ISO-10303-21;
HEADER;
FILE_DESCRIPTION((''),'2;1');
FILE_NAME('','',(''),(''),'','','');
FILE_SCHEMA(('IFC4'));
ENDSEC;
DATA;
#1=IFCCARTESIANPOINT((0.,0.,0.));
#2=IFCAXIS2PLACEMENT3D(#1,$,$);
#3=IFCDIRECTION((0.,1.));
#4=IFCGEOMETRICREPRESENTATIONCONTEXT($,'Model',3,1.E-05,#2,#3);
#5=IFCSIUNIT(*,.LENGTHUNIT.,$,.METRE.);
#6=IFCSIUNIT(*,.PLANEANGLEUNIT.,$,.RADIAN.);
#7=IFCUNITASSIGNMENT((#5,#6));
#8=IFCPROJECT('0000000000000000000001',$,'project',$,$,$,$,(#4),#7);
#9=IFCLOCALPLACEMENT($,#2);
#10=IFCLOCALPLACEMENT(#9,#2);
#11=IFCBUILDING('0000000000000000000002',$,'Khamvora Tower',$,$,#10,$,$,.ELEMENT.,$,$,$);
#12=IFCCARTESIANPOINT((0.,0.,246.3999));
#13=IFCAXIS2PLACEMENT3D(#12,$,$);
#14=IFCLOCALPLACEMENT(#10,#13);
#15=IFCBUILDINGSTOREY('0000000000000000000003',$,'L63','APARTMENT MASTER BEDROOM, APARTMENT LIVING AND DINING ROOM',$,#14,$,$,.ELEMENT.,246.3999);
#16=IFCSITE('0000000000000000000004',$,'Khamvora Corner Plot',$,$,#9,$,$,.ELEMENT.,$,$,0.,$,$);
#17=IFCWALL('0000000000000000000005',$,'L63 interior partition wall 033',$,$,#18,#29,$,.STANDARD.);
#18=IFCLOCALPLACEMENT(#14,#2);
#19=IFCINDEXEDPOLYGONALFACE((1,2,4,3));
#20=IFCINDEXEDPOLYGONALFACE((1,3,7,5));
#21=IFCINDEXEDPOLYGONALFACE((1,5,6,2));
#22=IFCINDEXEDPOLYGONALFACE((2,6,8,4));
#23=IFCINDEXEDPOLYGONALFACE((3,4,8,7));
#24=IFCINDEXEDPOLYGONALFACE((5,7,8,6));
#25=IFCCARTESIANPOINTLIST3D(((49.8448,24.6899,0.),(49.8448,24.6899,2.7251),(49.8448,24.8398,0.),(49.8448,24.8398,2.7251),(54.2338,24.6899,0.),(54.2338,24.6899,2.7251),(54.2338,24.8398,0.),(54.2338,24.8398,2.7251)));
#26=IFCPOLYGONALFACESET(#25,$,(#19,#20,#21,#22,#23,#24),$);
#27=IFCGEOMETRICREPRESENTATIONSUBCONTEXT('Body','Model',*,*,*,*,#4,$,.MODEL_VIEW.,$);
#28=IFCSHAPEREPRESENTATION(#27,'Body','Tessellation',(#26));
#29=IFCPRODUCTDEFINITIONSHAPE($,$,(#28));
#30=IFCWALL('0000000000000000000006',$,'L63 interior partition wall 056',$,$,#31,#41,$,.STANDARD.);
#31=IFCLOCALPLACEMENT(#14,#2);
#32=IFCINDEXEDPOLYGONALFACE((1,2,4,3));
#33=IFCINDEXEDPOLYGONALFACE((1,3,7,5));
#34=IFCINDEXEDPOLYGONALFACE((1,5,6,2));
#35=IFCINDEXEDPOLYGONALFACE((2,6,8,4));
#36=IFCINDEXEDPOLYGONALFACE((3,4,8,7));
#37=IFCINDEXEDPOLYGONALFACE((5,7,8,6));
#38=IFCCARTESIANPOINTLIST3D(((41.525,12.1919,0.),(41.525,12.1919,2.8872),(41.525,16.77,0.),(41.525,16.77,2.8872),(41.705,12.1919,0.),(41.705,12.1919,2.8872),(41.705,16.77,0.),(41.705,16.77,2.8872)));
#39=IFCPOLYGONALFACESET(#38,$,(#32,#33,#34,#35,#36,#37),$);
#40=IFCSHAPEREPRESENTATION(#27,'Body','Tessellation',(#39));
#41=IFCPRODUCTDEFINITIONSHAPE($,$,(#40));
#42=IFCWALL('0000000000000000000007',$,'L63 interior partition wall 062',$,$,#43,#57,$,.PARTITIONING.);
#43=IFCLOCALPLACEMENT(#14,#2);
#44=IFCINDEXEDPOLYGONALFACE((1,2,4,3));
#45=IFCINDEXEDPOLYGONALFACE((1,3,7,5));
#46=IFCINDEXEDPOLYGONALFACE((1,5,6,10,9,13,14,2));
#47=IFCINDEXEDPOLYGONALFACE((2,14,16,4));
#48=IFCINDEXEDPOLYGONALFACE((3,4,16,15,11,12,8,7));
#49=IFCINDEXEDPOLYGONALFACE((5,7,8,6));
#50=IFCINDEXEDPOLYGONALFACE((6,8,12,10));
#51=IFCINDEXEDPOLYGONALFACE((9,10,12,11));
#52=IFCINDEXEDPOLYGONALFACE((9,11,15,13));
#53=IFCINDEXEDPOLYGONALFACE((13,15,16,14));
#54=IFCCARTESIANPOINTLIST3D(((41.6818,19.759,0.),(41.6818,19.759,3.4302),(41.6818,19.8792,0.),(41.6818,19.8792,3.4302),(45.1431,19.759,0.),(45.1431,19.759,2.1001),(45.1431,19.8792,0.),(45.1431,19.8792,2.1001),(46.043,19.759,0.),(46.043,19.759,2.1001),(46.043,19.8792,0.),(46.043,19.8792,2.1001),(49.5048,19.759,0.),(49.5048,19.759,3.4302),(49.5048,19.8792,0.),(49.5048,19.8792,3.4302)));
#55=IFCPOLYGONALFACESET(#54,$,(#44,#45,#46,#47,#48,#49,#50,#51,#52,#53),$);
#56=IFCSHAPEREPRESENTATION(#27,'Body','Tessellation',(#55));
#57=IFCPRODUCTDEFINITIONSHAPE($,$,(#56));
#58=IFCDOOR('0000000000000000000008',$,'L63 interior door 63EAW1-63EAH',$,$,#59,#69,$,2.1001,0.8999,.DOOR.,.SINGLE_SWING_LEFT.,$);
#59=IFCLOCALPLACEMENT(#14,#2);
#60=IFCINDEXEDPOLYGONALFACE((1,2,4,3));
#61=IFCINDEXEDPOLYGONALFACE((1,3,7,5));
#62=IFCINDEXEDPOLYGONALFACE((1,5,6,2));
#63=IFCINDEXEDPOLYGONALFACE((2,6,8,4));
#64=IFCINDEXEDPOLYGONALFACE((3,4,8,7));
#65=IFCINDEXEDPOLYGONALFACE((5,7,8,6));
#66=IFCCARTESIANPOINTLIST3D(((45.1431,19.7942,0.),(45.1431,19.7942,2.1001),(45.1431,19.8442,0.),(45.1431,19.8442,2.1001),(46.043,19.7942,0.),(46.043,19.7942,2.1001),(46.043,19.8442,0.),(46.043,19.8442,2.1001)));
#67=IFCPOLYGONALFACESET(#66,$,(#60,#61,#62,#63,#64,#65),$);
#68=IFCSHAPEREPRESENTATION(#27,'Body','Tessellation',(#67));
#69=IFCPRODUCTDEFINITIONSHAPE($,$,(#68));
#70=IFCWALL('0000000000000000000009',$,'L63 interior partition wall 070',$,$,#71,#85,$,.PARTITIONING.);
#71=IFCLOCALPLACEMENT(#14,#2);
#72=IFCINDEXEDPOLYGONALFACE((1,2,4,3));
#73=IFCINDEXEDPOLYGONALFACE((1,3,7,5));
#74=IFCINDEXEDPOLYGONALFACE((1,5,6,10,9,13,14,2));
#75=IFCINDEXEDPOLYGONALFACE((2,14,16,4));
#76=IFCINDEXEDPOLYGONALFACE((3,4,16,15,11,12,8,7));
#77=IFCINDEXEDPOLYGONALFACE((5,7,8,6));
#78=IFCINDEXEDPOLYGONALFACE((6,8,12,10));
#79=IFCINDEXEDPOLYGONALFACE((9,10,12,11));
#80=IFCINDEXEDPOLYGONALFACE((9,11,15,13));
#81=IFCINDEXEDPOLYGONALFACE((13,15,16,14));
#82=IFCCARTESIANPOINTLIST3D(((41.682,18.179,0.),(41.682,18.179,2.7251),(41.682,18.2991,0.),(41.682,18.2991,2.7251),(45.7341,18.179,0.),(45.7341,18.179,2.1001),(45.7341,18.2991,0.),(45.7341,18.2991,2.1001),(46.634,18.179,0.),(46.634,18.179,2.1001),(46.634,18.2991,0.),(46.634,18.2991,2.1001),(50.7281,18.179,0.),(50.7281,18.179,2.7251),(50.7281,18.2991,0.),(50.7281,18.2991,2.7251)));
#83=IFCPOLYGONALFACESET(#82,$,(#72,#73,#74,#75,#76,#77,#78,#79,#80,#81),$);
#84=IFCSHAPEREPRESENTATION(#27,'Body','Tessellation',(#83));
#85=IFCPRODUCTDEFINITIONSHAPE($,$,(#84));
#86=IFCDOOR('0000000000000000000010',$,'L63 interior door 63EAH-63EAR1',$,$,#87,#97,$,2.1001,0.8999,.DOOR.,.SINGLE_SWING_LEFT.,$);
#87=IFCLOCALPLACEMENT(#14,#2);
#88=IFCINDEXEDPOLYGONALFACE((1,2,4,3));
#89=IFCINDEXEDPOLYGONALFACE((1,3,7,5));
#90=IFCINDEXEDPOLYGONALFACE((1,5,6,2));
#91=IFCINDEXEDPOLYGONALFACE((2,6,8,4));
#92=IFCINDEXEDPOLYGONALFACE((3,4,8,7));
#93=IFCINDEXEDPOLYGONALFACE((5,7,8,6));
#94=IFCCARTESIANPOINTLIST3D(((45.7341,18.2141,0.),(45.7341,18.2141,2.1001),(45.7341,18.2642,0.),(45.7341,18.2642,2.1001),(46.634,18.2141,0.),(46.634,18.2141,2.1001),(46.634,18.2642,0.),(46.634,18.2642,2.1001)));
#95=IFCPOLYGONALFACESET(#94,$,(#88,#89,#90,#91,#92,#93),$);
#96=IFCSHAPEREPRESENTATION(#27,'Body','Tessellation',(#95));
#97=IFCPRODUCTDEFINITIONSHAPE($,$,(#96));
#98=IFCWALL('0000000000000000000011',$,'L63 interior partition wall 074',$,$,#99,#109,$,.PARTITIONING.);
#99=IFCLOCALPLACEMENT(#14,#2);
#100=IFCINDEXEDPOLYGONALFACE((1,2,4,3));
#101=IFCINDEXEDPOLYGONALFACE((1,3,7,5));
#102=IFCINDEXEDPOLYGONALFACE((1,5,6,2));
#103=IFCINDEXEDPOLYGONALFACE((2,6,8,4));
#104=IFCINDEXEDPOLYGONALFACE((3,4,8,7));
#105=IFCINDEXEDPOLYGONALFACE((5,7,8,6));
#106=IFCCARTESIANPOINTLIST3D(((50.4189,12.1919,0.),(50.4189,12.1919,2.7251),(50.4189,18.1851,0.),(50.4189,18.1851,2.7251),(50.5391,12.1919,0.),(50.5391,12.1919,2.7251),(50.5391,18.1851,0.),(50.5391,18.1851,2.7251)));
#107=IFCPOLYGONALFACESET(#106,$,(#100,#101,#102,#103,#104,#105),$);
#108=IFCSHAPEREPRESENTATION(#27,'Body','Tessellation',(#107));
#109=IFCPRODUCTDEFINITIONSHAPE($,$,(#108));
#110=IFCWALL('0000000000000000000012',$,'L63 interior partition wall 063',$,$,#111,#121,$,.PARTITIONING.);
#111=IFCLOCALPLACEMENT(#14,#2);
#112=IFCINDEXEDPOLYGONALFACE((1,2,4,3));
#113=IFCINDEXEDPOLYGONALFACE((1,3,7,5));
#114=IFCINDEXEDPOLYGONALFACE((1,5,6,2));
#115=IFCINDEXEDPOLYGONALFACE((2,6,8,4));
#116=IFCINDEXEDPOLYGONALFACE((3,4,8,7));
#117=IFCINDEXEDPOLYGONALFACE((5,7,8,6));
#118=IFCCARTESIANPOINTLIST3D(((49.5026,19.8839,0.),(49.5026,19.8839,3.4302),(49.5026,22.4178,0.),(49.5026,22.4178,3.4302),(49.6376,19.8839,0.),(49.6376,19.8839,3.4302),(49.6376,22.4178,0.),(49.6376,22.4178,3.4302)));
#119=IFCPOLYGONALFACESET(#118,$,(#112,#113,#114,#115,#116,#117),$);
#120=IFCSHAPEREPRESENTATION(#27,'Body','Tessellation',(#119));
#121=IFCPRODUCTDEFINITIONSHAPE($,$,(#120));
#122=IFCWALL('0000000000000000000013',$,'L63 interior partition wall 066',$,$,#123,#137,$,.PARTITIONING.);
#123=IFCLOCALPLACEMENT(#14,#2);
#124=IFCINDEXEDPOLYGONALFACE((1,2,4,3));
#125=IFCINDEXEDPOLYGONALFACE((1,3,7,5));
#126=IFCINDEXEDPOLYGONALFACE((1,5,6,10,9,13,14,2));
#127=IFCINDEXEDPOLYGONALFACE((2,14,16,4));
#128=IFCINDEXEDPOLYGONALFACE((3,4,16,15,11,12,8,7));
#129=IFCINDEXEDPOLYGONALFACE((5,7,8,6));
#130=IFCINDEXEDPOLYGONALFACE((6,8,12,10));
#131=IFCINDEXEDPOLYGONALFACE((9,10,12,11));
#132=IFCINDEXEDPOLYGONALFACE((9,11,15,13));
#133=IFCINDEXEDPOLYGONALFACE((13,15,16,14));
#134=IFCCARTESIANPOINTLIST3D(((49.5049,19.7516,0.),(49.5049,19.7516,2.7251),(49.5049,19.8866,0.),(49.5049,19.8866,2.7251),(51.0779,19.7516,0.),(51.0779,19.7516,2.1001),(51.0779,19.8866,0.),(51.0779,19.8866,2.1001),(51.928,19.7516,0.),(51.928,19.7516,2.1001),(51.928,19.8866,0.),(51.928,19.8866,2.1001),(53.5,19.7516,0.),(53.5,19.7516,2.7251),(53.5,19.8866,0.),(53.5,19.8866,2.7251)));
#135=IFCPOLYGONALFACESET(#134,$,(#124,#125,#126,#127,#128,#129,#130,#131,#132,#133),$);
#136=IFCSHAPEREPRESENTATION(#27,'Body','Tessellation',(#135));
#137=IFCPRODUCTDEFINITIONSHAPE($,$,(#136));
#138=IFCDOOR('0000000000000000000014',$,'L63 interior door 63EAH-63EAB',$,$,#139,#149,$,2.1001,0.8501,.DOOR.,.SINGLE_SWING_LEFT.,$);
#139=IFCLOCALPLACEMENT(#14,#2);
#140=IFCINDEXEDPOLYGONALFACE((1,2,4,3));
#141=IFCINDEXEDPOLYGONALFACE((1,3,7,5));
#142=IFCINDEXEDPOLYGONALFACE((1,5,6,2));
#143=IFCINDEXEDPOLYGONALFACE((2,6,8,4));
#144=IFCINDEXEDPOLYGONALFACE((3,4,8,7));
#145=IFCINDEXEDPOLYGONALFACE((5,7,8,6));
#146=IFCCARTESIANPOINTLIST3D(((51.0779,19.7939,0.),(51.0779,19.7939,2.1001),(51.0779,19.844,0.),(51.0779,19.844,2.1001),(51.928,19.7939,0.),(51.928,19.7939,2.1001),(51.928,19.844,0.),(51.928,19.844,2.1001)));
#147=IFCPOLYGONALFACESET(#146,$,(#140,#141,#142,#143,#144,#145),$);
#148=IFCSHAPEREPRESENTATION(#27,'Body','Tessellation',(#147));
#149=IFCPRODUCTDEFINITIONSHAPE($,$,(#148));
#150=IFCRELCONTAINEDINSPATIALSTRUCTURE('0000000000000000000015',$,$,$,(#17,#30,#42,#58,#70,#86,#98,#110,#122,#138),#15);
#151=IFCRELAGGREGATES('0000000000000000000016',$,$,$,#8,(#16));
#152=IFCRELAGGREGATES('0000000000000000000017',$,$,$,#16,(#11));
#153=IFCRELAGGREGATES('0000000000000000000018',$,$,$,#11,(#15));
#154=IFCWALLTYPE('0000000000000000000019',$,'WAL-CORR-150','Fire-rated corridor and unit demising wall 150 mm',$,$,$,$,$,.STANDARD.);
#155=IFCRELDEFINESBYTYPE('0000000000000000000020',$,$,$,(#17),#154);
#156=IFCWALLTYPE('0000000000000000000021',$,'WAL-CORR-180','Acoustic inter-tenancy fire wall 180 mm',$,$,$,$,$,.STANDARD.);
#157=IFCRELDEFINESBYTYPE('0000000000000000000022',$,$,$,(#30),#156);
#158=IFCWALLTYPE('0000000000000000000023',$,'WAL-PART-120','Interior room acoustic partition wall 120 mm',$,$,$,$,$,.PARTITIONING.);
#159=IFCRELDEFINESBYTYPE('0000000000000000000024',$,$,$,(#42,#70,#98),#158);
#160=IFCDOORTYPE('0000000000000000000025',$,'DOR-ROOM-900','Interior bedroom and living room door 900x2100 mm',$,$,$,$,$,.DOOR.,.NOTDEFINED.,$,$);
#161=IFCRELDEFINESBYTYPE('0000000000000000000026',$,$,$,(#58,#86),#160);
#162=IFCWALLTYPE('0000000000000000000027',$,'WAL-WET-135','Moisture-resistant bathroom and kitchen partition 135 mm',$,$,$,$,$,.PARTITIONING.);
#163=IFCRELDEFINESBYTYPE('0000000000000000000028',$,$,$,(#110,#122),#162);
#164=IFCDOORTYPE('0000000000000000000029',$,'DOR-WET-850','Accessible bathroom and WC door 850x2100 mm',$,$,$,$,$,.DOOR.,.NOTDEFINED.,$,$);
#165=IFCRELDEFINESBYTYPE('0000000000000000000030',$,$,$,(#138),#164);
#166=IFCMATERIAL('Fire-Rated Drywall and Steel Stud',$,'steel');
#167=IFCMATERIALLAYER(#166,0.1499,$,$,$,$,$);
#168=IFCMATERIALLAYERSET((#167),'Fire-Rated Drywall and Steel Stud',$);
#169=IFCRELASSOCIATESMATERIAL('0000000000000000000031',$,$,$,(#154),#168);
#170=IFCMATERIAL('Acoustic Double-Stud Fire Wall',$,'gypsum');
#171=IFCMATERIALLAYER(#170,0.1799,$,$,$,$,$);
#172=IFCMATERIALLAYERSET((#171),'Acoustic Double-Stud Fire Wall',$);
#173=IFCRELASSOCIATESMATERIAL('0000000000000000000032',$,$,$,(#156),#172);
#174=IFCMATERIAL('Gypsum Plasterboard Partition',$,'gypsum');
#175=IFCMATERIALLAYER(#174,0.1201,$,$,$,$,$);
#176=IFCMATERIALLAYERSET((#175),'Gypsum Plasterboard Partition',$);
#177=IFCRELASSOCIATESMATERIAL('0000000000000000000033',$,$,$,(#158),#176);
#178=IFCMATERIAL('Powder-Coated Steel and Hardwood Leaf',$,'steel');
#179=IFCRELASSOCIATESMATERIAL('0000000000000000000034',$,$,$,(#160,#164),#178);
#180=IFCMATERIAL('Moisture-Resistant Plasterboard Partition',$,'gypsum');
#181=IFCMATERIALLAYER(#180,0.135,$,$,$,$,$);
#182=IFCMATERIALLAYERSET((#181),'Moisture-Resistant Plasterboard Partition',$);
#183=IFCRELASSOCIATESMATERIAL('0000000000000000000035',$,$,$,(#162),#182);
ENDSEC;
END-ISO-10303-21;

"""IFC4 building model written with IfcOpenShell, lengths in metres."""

from ifc_helpers import new_model, si_unit, direction, frame, frame_2d, origin, place, context, subcontext, project, spatial, rectangle, extrude, material, layer, layer_set, type_object, element, fill, save


model = new_model("IFC4")

# Units and contexts
model_context = context("Model", 3, precision=1e-05, world=origin(), true_north=direction((0.0, 1.0)))
body_context = subcontext(model_context, "Body", "Model", "MODEL_VIEW")
ifc_project = project(units=[si_unit("LENGTHUNIT", "METRE"), si_unit("PLANEANGLEUNIT", "RADIAN")], contexts=[model_context])

# Site, building, storey
site_placement = place(None, origin())
site = spatial("IfcSite", under=ifc_project, at=site_placement, Name="Khamvora Corner Plot", CompositionType="ELEMENT", RefElevation=0.0)
building_placement = place(site_placement, origin())
building = spatial("IfcBuilding", under=site, at=building_placement, Name="Khamvora Tower", CompositionType="ELEMENT")
storey_placement = place(building_placement, frame((0.0, 0.0, 246.3999)))
storey = spatial("IfcBuildingStorey", under=building, at=storey_placement, Name="L63", Description="APARTMENT MASTER BEDROOM, APARTMENT LIVING AND DINING ROOM", CompositionType="ELEMENT", Elevation=246.3999)

# Walls
ifc_material_1 = material(Name="Fire-Rated Drywall and Steel Stud", Category="steel")
ifc_layer_1 = layer(ifc_material_1, 0.1499)
ifc_layer_set_1 = layer_set([ifc_layer_1], Name="Fire-Rated Drywall and Steel Stud")
wall_type_1 = type_object("IfcWallType", Name="WAL-CORR-150", Description="Fire-rated corridor and unit demising wall 150 mm", PredefinedType="STANDARD", material=ifc_layer_set_1)
wall_1_placement = place(storey_placement, frame((49.845, 24.7649, 0.0), z_axis=(0.0, 0.0, 1.0), x_axis=(1.0, 0.0, 0.0)))
element("IfcWall", 1, at=wall_1_placement, inside=storey, type_object=wall_type_1, Name="L63 interior partition wall 033", PredefinedType="STANDARD", context=body_context, shape_type="SweptSolid", body=[
    extrude(rectangle(XDim=4.3889, YDim=0.1499, at=frame_2d((2.1943, 0.0))), origin(), (0.0, 0.0, 1.0), 2.7251),
])
ifc_material_2 = material(Name="Acoustic Double-Stud Fire Wall", Category="gypsum")
ifc_layer_2 = layer(ifc_material_2, 0.1799)
ifc_layer_set_2 = layer_set([ifc_layer_2], Name="Acoustic Double-Stud Fire Wall")
wall_type_2 = type_object("IfcWallType", Name="WAL-CORR-180", Description="Acoustic inter-tenancy fire wall 180 mm", PredefinedType="STANDARD", material=ifc_layer_set_2)
wall_2_placement = place(storey_placement, frame((41.615, 16.77, 0.0), z_axis=(0.0, 0.0, 1.0), x_axis=(0.0, -1.0, 0.0)))
element("IfcWall", 2, at=wall_2_placement, inside=storey, type_object=wall_type_2, Name="L63 interior partition wall 056", PredefinedType="STANDARD", context=body_context, shape_type="SweptSolid", body=[
    extrude(rectangle(XDim=4.5781, YDim=0.1799, at=frame_2d((2.2891, 0.0))), origin(), (0.0, 0.0, 1.0), 2.8872),
])

# Walls, openings, doors
ifc_material_3 = material(Name="Gypsum Plasterboard Partition", Category="gypsum")
ifc_layer_3 = layer(ifc_material_3, 0.1201)
ifc_layer_set_3 = layer_set([ifc_layer_3], Name="Gypsum Plasterboard Partition")
wall_type_3 = type_object("IfcWallType", Name="WAL-PART-120", Description="Interior room acoustic partition wall 120 mm", PredefinedType="PARTITIONING", material=ifc_layer_set_3)
wall_3_placement = place(storey_placement, frame((49.5049, 19.8191, 0.0), z_axis=(0.0, 0.0, 1.0), x_axis=(-1.0, 0.0, 0.0)))
wall_3 = element("IfcWall", 3, at=wall_3_placement, inside=storey, type_object=wall_type_3, Name="L63 interior partition wall 062", PredefinedType="PARTITIONING", context=body_context, shape_type="SweptSolid", body=[
    extrude(rectangle(XDim=7.823, YDim=0.1201, at=frame_2d((3.9116, 0.0))), origin(), (0.0, 0.0, 1.0), 3.4302),
])
opening_1_placement = place(wall_3_placement, frame((3.4619, 0.0, 0.0)))
opening_1 = element("IfcOpeningElement", 4, at=opening_1_placement, cuts=wall_3, PredefinedType="OPENING", context=body_context, shape_type="SweptSolid", body=[
    extrude(rectangle(XDim=0.8999, YDim=2.1001, at=frame_2d((0.45, 1.05))), frame((0.0, 0.0701, 0.0), z_axis=(0.0, -1.0, 0.0), x_axis=(1.0, 0.0, 0.0)), (0.0, 0.0, 1.0), 0.1401),
])
ifc_material_4 = material(Name="Powder-Coated Steel and Hardwood Leaf", Category="steel")
door_type_1 = type_object("IfcDoorType", Name="DOR-ROOM-900", Description="Interior bedroom and living room door 900x2100 mm", OperationType="NOTDEFINED", PredefinedType="DOOR", material=ifc_material_4)
door_1_placement = place(opening_1_placement, origin())
door_1 = element("IfcDoor", 5, at=door_1_placement, inside=storey, type_object=door_type_1, Name="L63 interior door 63EAW1-63EAH", OperationType="SINGLE_SWING_LEFT", OverallHeight=2.1001, OverallWidth=0.8999, PredefinedType="DOOR", context=body_context, shape_type="SweptSolid", body=[
    extrude(rectangle(XDim=0.8999, YDim=2.1001, at=frame_2d((0.45, 1.05))), frame((0.0, 0.0249, 0.0), z_axis=(0.0, -1.0, 0.0), x_axis=(1.0, 0.0, 0.0)), (0.0, 0.0, 1.0), 0.05),
])
fill(opening_1, door_1)
wall_4_placement = place(storey_placement, frame((50.728, 18.239, 0.0), z_axis=(0.0, 0.0, 1.0), x_axis=(-1.0, 0.0, 0.0)))
wall_4 = element("IfcWall", 6, at=wall_4_placement, inside=storey, type_object=wall_type_3, Name="L63 interior partition wall 070", PredefinedType="PARTITIONING", context=body_context, shape_type="SweptSolid", body=[
    extrude(rectangle(XDim=9.0461, YDim=0.1201, at=frame_2d((4.5229, 0.0))), origin(), (0.0, 0.0, 1.0), 2.7251),
])
opening_2_placement = place(wall_4_placement, frame((4.094, 0.0, 0.0)))
opening_2 = element("IfcOpeningElement", 7, at=opening_2_placement, cuts=wall_4, PredefinedType="OPENING", context=body_context, shape_type="SweptSolid", body=[
    extrude(rectangle(XDim=0.8999, YDim=2.1001, at=frame_2d((0.45, 1.05))), frame((0.0, 0.0701, 0.0), z_axis=(0.0, -1.0, 0.0), x_axis=(1.0, 0.0, 0.0)), (0.0, 0.0, 1.0), 0.1401),
])
door_2_placement = place(opening_2_placement, origin())
door_2 = element("IfcDoor", 8, at=door_2_placement, inside=storey, type_object=door_type_1, Name="L63 interior door 63EAH-63EAR1", OperationType="SINGLE_SWING_LEFT", OverallHeight=2.1001, OverallWidth=0.8999, PredefinedType="DOOR", context=body_context, shape_type="SweptSolid", body=[
    extrude(rectangle(XDim=0.8999, YDim=2.1001, at=frame_2d((0.45, 1.05))), frame((0.0, 0.0249, 0.0), z_axis=(0.0, -1.0, 0.0), x_axis=(1.0, 0.0, 0.0)), (0.0, 0.0, 1.0), 0.05),
])
fill(opening_2, door_2)

# Walls
wall_5_placement = place(storey_placement, frame((50.479, 18.1851, 0.0), z_axis=(0.0, 0.0, 1.0), x_axis=(0.0, -1.0, 0.0)))
element("IfcWall", 9, at=wall_5_placement, inside=storey, type_object=wall_type_3, Name="L63 interior partition wall 074", PredefinedType="PARTITIONING", context=body_context, shape_type="SweptSolid", body=[
    extrude(rectangle(XDim=5.9932, YDim=0.1201, at=frame_2d((2.9966, 0.0))), origin(), (0.0, 0.0, 1.0), 2.7251),
])
ifc_material_5 = material(Name="Moisture-Resistant Plasterboard Partition", Category="gypsum")
ifc_layer_4 = layer(ifc_material_5, 0.135)
ifc_layer_set_4 = layer_set([ifc_layer_4], Name="Moisture-Resistant Plasterboard Partition")
wall_type_4 = type_object("IfcWallType", Name="WAL-WET-135", Description="Moisture-resistant bathroom and kitchen partition 135 mm", PredefinedType="PARTITIONING", material=ifc_layer_set_4)
wall_6_placement = place(storey_placement, frame((49.5701, 22.418, 0.0), z_axis=(0.0, 0.0, 1.0), x_axis=(0.0, -1.0, 0.0)))
element("IfcWall", 10, at=wall_6_placement, inside=storey, type_object=wall_type_4, Name="L63 interior partition wall 063", PredefinedType="PARTITIONING", context=body_context, shape_type="SweptSolid", body=[
    extrude(rectangle(XDim=2.5339, YDim=0.135, at=frame_2d((1.2671, 0.0))), origin(), (0.0, 0.0, 1.0), 3.4302),
])

# Wall, opening, door
wall_7_placement = place(storey_placement, frame((49.5049, 19.8191, 0.0), z_axis=(0.0, 0.0, 1.0), x_axis=(1.0, 0.0, 0.0)))
wall_7 = element("IfcWall", 11, at=wall_7_placement, inside=storey, type_object=wall_type_4, Name="L63 interior partition wall 066", PredefinedType="PARTITIONING", context=body_context, shape_type="SweptSolid", body=[
    extrude(rectangle(XDim=3.9951, YDim=0.135, at=frame_2d((1.9976, 0.0))), origin(), (0.0, 0.0, 1.0), 2.7251),
])
opening_3_placement = place(wall_7_placement, frame((1.573, 0.0, 0.0)))
opening_3 = element("IfcOpeningElement", 12, at=opening_3_placement, cuts=wall_7, PredefinedType="OPENING", context=body_context, shape_type="SweptSolid", body=[
    extrude(rectangle(XDim=0.8501, YDim=2.1001, at=frame_2d((0.425, 1.05))), frame((0.0, 0.0774, 0.0), z_axis=(0.0, -1.0, 0.0), x_axis=(1.0, 0.0, 0.0)), (0.0, 0.0, 1.0), 0.155),
])
door_type_2 = type_object("IfcDoorType", Name="DOR-WET-850", Description="Accessible bathroom and WC door 850x2100 mm", OperationType="NOTDEFINED", PredefinedType="DOOR", material=ifc_material_4)
door_3_placement = place(opening_3_placement, origin())
door_3 = element("IfcDoor", 13, at=door_3_placement, inside=storey, type_object=door_type_2, Name="L63 interior door 63EAH-63EAB", OperationType="SINGLE_SWING_LEFT", OverallHeight=2.1001, OverallWidth=0.8501, PredefinedType="DOOR", context=body_context, shape_type="SweptSolid", body=[
    extrude(rectangle(XDim=0.8501, YDim=2.1001, at=frame_2d((0.425, 1.05))), frame((0.0, 0.0249, 0.0), z_axis=(0.0, -1.0, 0.0), x_axis=(1.0, 0.0, 0.0)), (0.0, 0.0, 1.0), 0.05),
])
fill(opening_3, door_3)

save(model, "model.ifc")
